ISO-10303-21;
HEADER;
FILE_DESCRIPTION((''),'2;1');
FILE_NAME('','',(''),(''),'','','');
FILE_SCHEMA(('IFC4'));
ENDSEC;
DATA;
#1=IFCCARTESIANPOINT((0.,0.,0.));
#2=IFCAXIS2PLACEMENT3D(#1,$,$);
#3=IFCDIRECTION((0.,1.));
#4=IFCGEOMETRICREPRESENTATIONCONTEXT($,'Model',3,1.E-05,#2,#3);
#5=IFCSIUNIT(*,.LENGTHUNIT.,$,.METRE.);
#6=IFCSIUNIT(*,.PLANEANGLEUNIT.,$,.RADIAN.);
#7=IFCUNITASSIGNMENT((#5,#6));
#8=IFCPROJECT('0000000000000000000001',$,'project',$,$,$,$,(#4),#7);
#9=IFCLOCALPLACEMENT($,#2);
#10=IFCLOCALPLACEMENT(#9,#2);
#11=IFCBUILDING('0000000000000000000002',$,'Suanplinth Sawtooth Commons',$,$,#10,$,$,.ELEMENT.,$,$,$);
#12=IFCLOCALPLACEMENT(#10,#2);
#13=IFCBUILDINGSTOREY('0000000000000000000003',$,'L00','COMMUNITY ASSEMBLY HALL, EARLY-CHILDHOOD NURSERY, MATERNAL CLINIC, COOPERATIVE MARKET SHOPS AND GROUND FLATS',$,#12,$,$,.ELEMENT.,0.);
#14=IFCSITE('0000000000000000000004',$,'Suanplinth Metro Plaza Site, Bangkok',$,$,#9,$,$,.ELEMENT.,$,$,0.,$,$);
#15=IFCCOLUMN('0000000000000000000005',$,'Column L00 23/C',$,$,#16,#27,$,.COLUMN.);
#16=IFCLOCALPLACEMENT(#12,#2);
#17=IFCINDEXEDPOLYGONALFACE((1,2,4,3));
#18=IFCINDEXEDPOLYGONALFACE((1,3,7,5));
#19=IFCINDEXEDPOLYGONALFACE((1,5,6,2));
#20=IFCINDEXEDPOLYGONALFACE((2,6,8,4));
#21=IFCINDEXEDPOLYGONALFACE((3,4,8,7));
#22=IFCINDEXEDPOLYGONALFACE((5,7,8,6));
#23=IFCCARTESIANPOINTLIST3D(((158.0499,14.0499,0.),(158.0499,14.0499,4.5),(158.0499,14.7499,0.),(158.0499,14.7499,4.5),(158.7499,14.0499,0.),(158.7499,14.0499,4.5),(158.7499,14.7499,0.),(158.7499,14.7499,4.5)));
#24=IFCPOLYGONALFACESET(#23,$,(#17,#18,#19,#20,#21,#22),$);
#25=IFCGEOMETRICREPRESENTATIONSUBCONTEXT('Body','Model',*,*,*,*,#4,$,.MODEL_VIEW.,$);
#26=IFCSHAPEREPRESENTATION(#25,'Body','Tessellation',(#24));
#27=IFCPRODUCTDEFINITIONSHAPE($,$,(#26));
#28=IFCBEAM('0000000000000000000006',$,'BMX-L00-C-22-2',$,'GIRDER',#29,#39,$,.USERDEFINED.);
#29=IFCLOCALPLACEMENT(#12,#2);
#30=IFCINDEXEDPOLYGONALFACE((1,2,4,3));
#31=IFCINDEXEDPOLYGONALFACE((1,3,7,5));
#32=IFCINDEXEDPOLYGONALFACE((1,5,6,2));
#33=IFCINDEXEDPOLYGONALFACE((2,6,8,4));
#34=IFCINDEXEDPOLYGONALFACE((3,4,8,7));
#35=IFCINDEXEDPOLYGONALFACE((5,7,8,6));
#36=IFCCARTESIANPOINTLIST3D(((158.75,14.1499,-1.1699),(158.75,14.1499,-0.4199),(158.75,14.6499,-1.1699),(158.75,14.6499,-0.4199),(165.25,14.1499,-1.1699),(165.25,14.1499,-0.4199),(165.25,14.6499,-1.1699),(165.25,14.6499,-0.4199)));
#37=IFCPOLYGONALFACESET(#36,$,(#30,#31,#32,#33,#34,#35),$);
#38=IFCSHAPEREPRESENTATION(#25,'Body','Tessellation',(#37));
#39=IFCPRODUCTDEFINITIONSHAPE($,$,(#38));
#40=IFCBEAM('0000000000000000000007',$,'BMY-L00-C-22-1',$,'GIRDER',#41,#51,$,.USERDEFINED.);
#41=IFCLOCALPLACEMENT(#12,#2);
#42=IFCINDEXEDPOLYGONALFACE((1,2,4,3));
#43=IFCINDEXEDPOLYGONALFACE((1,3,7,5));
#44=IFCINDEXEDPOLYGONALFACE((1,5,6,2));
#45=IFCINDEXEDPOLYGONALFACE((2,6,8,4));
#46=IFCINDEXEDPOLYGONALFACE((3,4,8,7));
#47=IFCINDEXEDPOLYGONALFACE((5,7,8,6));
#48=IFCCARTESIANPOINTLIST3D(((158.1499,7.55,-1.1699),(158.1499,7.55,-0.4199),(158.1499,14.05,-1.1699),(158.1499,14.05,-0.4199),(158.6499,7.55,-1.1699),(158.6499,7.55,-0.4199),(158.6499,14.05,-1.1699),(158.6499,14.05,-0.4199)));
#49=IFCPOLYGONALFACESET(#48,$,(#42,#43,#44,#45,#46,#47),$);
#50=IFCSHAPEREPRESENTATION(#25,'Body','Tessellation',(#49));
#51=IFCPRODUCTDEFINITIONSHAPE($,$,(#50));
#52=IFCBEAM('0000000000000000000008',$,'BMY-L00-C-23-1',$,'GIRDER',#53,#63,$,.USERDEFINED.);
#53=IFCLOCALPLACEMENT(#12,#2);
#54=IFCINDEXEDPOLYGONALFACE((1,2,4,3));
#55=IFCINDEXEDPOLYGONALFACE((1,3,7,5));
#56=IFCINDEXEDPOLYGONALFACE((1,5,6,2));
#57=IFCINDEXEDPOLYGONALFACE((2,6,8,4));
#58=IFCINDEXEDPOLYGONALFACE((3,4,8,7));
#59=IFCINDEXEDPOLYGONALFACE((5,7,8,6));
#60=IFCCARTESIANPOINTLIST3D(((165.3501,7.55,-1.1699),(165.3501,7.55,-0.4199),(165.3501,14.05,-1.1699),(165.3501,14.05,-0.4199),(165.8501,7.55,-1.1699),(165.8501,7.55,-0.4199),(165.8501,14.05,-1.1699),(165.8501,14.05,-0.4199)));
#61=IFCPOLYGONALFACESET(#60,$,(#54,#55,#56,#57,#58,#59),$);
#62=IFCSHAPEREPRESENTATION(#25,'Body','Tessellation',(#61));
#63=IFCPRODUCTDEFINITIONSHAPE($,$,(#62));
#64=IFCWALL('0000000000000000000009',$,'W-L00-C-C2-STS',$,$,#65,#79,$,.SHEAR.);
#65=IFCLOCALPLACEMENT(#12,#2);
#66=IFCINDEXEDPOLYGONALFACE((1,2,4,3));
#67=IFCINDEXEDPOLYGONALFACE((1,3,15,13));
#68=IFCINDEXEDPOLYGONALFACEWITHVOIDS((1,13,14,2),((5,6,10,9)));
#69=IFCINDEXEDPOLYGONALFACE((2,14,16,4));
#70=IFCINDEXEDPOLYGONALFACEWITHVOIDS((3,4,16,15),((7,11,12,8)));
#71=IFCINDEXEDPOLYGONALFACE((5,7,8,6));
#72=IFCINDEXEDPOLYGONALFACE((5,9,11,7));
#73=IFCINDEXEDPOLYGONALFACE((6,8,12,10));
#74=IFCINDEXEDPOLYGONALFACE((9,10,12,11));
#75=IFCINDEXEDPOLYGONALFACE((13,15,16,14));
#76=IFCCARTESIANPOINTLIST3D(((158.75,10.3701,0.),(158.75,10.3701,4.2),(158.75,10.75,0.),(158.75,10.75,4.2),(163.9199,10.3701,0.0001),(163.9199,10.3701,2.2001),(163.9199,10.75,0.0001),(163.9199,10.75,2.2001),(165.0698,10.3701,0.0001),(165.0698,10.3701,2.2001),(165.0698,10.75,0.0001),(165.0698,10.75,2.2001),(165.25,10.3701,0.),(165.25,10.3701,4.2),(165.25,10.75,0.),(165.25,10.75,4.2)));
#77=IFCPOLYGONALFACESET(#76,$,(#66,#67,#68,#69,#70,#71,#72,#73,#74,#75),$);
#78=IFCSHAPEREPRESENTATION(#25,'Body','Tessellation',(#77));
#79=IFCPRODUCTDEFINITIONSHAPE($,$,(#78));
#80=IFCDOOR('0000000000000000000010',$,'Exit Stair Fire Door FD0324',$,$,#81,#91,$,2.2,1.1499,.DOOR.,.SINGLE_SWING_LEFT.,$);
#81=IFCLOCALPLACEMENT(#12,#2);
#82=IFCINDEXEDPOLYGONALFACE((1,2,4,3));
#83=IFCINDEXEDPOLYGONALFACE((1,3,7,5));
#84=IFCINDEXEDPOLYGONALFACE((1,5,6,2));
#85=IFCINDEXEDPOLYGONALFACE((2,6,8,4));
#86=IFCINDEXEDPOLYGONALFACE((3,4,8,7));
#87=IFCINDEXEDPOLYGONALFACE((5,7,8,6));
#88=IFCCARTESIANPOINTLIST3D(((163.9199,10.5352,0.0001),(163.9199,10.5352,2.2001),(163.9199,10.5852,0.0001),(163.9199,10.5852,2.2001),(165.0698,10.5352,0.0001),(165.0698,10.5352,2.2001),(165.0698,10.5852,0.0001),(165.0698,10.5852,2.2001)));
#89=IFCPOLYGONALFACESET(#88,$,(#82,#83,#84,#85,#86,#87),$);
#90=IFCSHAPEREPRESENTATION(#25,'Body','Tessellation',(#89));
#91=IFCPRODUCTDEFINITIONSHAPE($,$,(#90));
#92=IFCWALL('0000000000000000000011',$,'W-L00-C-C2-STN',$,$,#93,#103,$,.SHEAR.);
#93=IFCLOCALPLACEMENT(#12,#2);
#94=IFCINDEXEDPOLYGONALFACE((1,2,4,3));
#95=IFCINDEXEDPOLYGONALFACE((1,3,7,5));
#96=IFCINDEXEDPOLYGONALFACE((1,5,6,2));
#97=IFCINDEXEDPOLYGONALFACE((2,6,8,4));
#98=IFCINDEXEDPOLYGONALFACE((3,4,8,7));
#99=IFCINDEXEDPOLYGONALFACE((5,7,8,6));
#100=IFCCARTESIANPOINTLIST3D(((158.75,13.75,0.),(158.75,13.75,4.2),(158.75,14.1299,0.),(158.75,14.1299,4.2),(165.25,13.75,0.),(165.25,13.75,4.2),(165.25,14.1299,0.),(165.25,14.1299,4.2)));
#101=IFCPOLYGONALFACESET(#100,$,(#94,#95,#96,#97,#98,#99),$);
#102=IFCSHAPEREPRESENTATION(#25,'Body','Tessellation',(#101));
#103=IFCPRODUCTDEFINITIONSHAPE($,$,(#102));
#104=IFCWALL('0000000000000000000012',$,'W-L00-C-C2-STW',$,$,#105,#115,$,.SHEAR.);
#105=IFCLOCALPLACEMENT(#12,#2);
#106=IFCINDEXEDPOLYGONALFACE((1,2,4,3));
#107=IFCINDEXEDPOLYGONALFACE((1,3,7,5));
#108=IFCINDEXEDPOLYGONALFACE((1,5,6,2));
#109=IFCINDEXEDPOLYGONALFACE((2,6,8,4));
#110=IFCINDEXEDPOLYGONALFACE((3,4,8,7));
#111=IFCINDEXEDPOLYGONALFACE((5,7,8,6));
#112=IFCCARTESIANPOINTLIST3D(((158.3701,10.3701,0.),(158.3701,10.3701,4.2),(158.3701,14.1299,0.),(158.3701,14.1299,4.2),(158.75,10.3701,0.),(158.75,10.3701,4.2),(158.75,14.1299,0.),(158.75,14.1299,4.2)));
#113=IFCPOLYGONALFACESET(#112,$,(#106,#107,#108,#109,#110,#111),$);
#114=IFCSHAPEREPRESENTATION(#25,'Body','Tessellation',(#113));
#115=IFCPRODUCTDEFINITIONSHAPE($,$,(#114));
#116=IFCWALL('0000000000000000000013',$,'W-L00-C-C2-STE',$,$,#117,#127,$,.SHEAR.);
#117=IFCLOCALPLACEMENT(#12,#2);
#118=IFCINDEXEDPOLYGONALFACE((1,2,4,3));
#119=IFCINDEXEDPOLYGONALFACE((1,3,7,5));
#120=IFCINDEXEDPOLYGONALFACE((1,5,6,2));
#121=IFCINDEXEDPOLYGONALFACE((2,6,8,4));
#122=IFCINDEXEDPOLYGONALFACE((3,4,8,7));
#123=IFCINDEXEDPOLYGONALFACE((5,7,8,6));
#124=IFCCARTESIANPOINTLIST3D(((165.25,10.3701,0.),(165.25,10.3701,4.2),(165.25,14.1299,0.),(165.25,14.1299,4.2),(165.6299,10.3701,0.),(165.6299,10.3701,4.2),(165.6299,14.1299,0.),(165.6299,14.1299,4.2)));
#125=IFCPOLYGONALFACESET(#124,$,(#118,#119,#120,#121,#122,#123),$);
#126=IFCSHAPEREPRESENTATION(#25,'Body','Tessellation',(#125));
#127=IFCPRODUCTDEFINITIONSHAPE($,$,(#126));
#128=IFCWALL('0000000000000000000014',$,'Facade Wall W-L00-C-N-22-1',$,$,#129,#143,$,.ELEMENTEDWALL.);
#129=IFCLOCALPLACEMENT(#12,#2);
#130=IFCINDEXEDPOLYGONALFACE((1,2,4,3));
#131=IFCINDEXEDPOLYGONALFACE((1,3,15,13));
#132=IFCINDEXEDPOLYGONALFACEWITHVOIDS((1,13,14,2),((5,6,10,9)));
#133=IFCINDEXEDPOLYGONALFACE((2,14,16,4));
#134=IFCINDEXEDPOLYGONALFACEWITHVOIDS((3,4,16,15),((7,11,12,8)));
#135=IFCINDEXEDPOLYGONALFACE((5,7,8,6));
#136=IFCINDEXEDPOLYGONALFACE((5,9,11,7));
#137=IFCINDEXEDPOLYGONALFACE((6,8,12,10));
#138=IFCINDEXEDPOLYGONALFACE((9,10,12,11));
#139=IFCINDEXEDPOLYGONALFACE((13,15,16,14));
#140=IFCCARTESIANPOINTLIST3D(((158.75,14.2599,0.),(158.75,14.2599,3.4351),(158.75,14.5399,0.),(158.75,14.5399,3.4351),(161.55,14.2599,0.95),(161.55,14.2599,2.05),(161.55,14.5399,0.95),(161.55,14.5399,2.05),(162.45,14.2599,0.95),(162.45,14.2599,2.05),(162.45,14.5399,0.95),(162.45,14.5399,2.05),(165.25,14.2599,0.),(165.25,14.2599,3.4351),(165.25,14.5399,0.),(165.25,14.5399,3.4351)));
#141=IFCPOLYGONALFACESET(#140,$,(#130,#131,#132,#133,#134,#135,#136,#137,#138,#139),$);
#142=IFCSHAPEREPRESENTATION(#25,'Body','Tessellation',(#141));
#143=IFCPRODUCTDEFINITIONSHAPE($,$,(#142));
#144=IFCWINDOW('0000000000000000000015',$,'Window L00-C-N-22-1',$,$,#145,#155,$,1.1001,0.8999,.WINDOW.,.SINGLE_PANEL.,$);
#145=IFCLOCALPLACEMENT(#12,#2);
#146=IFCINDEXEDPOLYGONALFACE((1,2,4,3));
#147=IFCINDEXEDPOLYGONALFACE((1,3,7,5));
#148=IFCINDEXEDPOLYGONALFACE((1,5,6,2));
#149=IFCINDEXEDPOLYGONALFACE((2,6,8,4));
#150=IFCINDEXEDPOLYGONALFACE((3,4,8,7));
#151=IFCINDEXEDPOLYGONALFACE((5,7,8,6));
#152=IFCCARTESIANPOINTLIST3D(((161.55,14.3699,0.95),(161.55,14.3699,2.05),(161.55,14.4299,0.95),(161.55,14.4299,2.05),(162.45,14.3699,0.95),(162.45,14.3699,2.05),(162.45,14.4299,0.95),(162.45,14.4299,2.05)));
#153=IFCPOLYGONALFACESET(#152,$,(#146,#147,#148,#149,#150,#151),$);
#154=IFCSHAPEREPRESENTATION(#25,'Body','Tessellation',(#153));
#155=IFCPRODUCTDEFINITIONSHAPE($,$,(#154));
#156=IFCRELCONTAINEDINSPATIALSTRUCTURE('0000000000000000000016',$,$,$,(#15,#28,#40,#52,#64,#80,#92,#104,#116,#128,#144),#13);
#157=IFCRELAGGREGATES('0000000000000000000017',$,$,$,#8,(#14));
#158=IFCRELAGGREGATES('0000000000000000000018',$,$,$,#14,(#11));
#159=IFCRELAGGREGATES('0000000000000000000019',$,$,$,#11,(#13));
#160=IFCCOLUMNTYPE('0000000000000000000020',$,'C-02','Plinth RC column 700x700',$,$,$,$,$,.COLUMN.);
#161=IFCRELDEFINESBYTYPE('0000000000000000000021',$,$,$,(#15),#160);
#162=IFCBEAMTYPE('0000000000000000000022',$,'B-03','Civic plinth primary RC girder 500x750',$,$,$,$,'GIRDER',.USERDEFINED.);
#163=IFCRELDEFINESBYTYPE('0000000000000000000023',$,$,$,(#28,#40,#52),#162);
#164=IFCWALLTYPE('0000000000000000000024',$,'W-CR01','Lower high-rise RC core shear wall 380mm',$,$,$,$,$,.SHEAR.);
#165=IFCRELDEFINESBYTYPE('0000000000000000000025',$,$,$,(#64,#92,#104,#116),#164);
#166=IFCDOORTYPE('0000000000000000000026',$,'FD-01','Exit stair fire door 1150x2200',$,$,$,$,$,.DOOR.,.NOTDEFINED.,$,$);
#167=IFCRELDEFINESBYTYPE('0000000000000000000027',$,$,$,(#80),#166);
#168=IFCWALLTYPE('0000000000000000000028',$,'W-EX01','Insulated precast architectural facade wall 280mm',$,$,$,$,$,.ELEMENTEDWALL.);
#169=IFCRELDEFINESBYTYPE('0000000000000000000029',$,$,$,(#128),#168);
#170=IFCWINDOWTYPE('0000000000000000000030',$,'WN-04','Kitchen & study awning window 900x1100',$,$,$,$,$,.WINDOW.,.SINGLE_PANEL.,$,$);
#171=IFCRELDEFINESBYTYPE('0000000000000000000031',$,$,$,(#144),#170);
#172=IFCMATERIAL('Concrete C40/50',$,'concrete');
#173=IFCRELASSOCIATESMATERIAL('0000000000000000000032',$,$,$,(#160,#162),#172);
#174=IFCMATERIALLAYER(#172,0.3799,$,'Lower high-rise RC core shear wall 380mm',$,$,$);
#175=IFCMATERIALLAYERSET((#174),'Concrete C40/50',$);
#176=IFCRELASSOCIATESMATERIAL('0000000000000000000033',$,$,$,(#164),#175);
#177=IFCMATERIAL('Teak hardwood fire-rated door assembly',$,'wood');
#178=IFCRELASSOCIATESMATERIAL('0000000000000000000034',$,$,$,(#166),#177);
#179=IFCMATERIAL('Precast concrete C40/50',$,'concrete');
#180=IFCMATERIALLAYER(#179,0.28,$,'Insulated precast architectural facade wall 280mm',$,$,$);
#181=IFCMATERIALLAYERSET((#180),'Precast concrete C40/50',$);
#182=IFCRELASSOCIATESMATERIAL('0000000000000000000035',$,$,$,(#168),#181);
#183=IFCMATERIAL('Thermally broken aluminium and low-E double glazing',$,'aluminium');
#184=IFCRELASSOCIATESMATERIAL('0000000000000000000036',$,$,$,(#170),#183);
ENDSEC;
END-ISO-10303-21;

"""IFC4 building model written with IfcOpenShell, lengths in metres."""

from ifc_helpers import new_model, si_unit, direction, frame, frame_2d, origin, origin_2d, place, context, subcontext, project, spatial, rectangle, extrude, material, layer, layer_set, material_profile, profile_set, type_object, element, fill, save


model = new_model("IFC4")

# Units and contexts
model_context = context("Model", 3, precision=1e-05, world=origin(), true_north=direction((0.0, 1.0)))
body_context = subcontext(model_context, "Body", "Model", "MODEL_VIEW")
ifc_project = project(units=[si_unit("LENGTHUNIT", "METRE"), si_unit("PLANEANGLEUNIT", "RADIAN")], contexts=[model_context])

# Site, building, storey
site_placement = place(None, origin())
site = spatial("IfcSite", under=ifc_project, at=site_placement, Name="Suanplinth Metro Plaza Site, Bangkok", CompositionType="ELEMENT", RefElevation=0.0)
building_placement = place(site_placement, origin())
building = spatial("IfcBuilding", under=site, at=building_placement, Name="Suanplinth Sawtooth Commons", CompositionType="ELEMENT")
storey_placement = place(building_placement, origin())
storey = spatial("IfcBuildingStorey", under=building, at=storey_placement, Name="L00", Description="COMMUNITY ASSEMBLY HALL, EARLY-CHILDHOOD NURSERY, MATERNAL CLINIC, COOPERATIVE MARKET SHOPS AND GROUND FLATS", CompositionType="ELEMENT", Elevation=0.0)

# Column
ifc_material_1 = material(Name="Concrete C40/50", Category="concrete")
ifc_material_profile_1 = material_profile(ifc_material_1, rectangle(XDim=0.7, YDim=0.7, at=origin_2d()), Name="RC-COL 700x700")
ifc_profile_set_1 = profile_set([ifc_material_profile_1], Name="Concrete C40/50")
column_type = type_object("IfcColumnType", Name="C-02", Description="Plinth RC column 700x700", PredefinedType="COLUMN", material=ifc_profile_set_1)
column_placement = place(storey_placement, frame((158.3999, 14.3999, 0.0), z_axis=(0.0, 0.0, 1.0), x_axis=(1.0, 0.0, 0.0)))
element("IfcColumn", 1, at=column_placement, inside=storey, type_object=column_type, Name="Column L00 23/C", PredefinedType="COLUMN", context=body_context, shape_type="SweptSolid", body=[
    extrude(rectangle(XDim=0.7, YDim=0.7, at=origin_2d()), origin(), (0.0, 0.0, 1.0), 4.5),
])

# Beams
ifc_material_profile_2 = material_profile(ifc_material_1, rectangle(XDim=0.5, YDim=0.75, at=origin_2d()), Name="RC-GDR 500x750")
ifc_profile_set_2 = profile_set([ifc_material_profile_2], Name="Concrete C40/50")
beam_type = type_object("IfcBeamType", Name="B-03", Description="Civic plinth primary RC girder 500x750", ElementType="GIRDER", PredefinedType="USERDEFINED", material=ifc_profile_set_2)
for number, where, z_axis, x_axis, name in (
    (2, (158.75, 14.3999, -0.7949), (1.0, 0.0, 0.0), (0.0, 1.0, 0.0), "BMX-L00-C-22-2"),
    (3, (158.3999, 7.55, -0.7949), (0.0, 1.0, 0.0), (-1.0, 0.0, 0.0), "BMY-L00-C-22-1"),
    (4, (165.6001, 7.55, -0.7949), (0.0, 1.0, 0.0), (-1.0, 0.0, 0.0), "BMY-L00-C-23-1"),
):
    element("IfcBeam", number, at=place(storey_placement, frame(where, z_axis=z_axis, x_axis=x_axis)), inside=storey, type_object=beam_type, Name=name, ObjectType="GIRDER", PredefinedType="USERDEFINED", context=body_context, shape_type="SweptSolid", body=[
        extrude(rectangle(XDim=0.5, YDim=0.75, at=origin_2d()), origin(), (0.0, 0.0, 1.0), 6.5),
    ])

# Wall, opening, door
ifc_layer_1 = layer(ifc_material_1, 0.3799, Name="Lower high-rise RC core shear wall 380mm")
ifc_layer_set_1 = layer_set([ifc_layer_1], Name="Concrete C40/50")
wall_type_1 = type_object("IfcWallType", Name="W-CR01", Description="Lower high-rise RC core shear wall 380mm", PredefinedType="SHEAR", material=ifc_layer_set_1)
wall_1_placement = place(storey_placement, frame((158.75, 10.5601, 0.0), z_axis=(0.0, 0.0, 1.0), x_axis=(1.0, 0.0, 0.0)))
wall_1 = element("IfcWall", 5, at=wall_1_placement, inside=storey, type_object=wall_type_1, Name="W-L00-C-C2-STS", PredefinedType="SHEAR", context=body_context, shape_type="SweptSolid", body=[
    extrude(rectangle(XDim=6.5, YDim=0.3799, at=frame_2d((3.25, 0.0))), origin(), (0.0, 0.0, 1.0), 4.2),
])
opening_1_placement = place(wall_1_placement, frame((5.1699, 0.0, 0.0)))
opening_1 = element("IfcOpeningElement", 6, at=opening_1_placement, cuts=wall_1, PredefinedType="OPENING", context=body_context, shape_type="SweptSolid", body=[
    extrude(rectangle(XDim=1.1499, YDim=2.2, at=frame_2d((0.575, 1.1001))), frame((0.0, 0.2048, 0.0), z_axis=(0.0, -1.0, 0.0), x_axis=(1.0, 0.0, 0.0)), (0.0, 0.0, 1.0), 0.4097),
])
ifc_material_2 = material(Name="Teak hardwood fire-rated door assembly", Category="wood")
door_type_1 = type_object("IfcDoorType", Name="FD-01", Description="Exit stair fire door 1150x2200", OperationType="NOTDEFINED", PredefinedType="DOOR", material=ifc_material_2)
door_1_placement = place(opening_1_placement, frame((1.1499, 0.0, 0.0), z_axis=(0.0, 0.0, 1.0), x_axis=(-1.0, 0.0, 0.0)))
door_1 = element("IfcDoor", 7, at=door_1_placement, inside=storey, type_object=door_type_1, Name="Exit Stair Fire Door FD0324", OperationType="SINGLE_SWING_LEFT", OverallHeight=2.2, OverallWidth=1.1499, PredefinedType="DOOR", context=body_context, shape_type="SweptSolid", body=[
    extrude(rectangle(XDim=1.1499, YDim=2.2, at=frame_2d((0.575, 1.1001))), frame((0.0, 0.0249, 0.0), z_axis=(0.0, -1.0, 0.0), x_axis=(1.0, 0.0, 0.0)), (0.0, 0.0, 1.0), 0.05),
])
fill(opening_1, door_1)

# Walls
wall_2_placement = place(storey_placement, frame((158.75, 13.9399, 0.0), z_axis=(0.0, 0.0, 1.0), x_axis=(1.0, 0.0, 0.0)))
element("IfcWall", 8, at=wall_2_placement, inside=storey, type_object=wall_type_1, Name="W-L00-C-C2-STN", PredefinedType="SHEAR", context=body_context, shape_type="SweptSolid", body=[
    extrude(rectangle(XDim=6.5, YDim=0.3799, at=frame_2d((3.25, 0.0))), origin(), (0.0, 0.0, 1.0), 4.2),
])
for number, where, z_axis, x_axis, name in (
    (9, (158.5601, 10.3701, 0.0), (0.0, 0.0, 1.0), (0.0, 1.0, 0.0), "W-L00-C-C2-STW"),
    (10, (165.4399, 10.3701, 0.0), (0.0, 0.0, 1.0), (0.0, 1.0, 0.0), "W-L00-C-C2-STE"),
):
    element("IfcWall", number, at=place(storey_placement, frame(where, z_axis=z_axis, x_axis=x_axis)), inside=storey, type_object=wall_type_1, Name=name, PredefinedType="SHEAR", context=body_context, shape_type="SweptSolid", body=[
        extrude(rectangle(XDim=3.7598, YDim=0.3799, at=frame_2d((1.8799, 0.0))), origin(), (0.0, 0.0, 1.0), 4.2),
    ])

# Wall, opening, window
ifc_material_3 = material(Name="Precast concrete C40/50", Category="concrete")
ifc_layer_2 = layer(ifc_material_3, 0.28, Name="Insulated precast architectural facade wall 280mm")
ifc_layer_set_2 = layer_set([ifc_layer_2], Name="Precast concrete C40/50")
wall_type_2 = type_object("IfcWallType", Name="W-EX01", Description="Insulated precast architectural facade wall 280mm", PredefinedType="ELEMENTEDWALL", material=ifc_layer_set_2)
wall_3_placement = place(storey_placement, frame((158.75, 14.3999, 0.0), z_axis=(0.0, 0.0, 1.0), x_axis=(1.0, 0.0, 0.0)))
wall_3 = element("IfcWall", 11, at=wall_3_placement, inside=storey, type_object=wall_type_2, Name="Facade Wall W-L00-C-N-22-1", PredefinedType="ELEMENTEDWALL", context=body_context, shape_type="SweptSolid", body=[
    extrude(rectangle(XDim=6.5, YDim=0.28, at=frame_2d((3.25, 0.0))), origin(), (0.0, 0.0, 1.0), 3.4351),
])
opening_2_placement = place(wall_3_placement, frame((2.8, 0.0, 0.95)))
opening_2 = element("IfcOpeningElement", 12, at=opening_2_placement, cuts=wall_3, PredefinedType="OPENING", context=body_context, shape_type="SweptSolid", body=[
    extrude(rectangle(XDim=0.8999, YDim=1.1001, at=frame_2d((0.45, 0.55))), frame((0.0, 0.1548, 0.0), z_axis=(0.0, -1.0, 0.0), x_axis=(1.0, 0.0, 0.0)), (0.0, 0.0, 1.0), 0.3098),
])
ifc_material_4 = material(Name="Thermally broken aluminium and low-E double glazing", Category="aluminium")
window_type = type_object("IfcWindowType", Name="WN-04", Description="Kitchen & study awning window 900x1100", PartitioningType="SINGLE_PANEL", PredefinedType="WINDOW", material=ifc_material_4)
window_placement = place(opening_2_placement, origin())
window = element("IfcWindow", 13, at=window_placement, inside=storey, type_object=window_type, Name="Window L00-C-N-22-1", OverallHeight=1.1001, OverallWidth=0.8999, PartitioningType="SINGLE_PANEL", PredefinedType="WINDOW", context=body_context, shape_type="SweptSolid", body=[
    extrude(rectangle(XDim=0.8999, YDim=1.1001, at=frame_2d((0.45, 0.55))), frame((0.0, 0.03, 0.0), z_axis=(0.0, -1.0, 0.0), x_axis=(1.0, 0.0, 0.0)), (0.0, 0.0, 1.0), 0.0601),
])
fill(opening_2, window)

save(model, "model.ifc")
